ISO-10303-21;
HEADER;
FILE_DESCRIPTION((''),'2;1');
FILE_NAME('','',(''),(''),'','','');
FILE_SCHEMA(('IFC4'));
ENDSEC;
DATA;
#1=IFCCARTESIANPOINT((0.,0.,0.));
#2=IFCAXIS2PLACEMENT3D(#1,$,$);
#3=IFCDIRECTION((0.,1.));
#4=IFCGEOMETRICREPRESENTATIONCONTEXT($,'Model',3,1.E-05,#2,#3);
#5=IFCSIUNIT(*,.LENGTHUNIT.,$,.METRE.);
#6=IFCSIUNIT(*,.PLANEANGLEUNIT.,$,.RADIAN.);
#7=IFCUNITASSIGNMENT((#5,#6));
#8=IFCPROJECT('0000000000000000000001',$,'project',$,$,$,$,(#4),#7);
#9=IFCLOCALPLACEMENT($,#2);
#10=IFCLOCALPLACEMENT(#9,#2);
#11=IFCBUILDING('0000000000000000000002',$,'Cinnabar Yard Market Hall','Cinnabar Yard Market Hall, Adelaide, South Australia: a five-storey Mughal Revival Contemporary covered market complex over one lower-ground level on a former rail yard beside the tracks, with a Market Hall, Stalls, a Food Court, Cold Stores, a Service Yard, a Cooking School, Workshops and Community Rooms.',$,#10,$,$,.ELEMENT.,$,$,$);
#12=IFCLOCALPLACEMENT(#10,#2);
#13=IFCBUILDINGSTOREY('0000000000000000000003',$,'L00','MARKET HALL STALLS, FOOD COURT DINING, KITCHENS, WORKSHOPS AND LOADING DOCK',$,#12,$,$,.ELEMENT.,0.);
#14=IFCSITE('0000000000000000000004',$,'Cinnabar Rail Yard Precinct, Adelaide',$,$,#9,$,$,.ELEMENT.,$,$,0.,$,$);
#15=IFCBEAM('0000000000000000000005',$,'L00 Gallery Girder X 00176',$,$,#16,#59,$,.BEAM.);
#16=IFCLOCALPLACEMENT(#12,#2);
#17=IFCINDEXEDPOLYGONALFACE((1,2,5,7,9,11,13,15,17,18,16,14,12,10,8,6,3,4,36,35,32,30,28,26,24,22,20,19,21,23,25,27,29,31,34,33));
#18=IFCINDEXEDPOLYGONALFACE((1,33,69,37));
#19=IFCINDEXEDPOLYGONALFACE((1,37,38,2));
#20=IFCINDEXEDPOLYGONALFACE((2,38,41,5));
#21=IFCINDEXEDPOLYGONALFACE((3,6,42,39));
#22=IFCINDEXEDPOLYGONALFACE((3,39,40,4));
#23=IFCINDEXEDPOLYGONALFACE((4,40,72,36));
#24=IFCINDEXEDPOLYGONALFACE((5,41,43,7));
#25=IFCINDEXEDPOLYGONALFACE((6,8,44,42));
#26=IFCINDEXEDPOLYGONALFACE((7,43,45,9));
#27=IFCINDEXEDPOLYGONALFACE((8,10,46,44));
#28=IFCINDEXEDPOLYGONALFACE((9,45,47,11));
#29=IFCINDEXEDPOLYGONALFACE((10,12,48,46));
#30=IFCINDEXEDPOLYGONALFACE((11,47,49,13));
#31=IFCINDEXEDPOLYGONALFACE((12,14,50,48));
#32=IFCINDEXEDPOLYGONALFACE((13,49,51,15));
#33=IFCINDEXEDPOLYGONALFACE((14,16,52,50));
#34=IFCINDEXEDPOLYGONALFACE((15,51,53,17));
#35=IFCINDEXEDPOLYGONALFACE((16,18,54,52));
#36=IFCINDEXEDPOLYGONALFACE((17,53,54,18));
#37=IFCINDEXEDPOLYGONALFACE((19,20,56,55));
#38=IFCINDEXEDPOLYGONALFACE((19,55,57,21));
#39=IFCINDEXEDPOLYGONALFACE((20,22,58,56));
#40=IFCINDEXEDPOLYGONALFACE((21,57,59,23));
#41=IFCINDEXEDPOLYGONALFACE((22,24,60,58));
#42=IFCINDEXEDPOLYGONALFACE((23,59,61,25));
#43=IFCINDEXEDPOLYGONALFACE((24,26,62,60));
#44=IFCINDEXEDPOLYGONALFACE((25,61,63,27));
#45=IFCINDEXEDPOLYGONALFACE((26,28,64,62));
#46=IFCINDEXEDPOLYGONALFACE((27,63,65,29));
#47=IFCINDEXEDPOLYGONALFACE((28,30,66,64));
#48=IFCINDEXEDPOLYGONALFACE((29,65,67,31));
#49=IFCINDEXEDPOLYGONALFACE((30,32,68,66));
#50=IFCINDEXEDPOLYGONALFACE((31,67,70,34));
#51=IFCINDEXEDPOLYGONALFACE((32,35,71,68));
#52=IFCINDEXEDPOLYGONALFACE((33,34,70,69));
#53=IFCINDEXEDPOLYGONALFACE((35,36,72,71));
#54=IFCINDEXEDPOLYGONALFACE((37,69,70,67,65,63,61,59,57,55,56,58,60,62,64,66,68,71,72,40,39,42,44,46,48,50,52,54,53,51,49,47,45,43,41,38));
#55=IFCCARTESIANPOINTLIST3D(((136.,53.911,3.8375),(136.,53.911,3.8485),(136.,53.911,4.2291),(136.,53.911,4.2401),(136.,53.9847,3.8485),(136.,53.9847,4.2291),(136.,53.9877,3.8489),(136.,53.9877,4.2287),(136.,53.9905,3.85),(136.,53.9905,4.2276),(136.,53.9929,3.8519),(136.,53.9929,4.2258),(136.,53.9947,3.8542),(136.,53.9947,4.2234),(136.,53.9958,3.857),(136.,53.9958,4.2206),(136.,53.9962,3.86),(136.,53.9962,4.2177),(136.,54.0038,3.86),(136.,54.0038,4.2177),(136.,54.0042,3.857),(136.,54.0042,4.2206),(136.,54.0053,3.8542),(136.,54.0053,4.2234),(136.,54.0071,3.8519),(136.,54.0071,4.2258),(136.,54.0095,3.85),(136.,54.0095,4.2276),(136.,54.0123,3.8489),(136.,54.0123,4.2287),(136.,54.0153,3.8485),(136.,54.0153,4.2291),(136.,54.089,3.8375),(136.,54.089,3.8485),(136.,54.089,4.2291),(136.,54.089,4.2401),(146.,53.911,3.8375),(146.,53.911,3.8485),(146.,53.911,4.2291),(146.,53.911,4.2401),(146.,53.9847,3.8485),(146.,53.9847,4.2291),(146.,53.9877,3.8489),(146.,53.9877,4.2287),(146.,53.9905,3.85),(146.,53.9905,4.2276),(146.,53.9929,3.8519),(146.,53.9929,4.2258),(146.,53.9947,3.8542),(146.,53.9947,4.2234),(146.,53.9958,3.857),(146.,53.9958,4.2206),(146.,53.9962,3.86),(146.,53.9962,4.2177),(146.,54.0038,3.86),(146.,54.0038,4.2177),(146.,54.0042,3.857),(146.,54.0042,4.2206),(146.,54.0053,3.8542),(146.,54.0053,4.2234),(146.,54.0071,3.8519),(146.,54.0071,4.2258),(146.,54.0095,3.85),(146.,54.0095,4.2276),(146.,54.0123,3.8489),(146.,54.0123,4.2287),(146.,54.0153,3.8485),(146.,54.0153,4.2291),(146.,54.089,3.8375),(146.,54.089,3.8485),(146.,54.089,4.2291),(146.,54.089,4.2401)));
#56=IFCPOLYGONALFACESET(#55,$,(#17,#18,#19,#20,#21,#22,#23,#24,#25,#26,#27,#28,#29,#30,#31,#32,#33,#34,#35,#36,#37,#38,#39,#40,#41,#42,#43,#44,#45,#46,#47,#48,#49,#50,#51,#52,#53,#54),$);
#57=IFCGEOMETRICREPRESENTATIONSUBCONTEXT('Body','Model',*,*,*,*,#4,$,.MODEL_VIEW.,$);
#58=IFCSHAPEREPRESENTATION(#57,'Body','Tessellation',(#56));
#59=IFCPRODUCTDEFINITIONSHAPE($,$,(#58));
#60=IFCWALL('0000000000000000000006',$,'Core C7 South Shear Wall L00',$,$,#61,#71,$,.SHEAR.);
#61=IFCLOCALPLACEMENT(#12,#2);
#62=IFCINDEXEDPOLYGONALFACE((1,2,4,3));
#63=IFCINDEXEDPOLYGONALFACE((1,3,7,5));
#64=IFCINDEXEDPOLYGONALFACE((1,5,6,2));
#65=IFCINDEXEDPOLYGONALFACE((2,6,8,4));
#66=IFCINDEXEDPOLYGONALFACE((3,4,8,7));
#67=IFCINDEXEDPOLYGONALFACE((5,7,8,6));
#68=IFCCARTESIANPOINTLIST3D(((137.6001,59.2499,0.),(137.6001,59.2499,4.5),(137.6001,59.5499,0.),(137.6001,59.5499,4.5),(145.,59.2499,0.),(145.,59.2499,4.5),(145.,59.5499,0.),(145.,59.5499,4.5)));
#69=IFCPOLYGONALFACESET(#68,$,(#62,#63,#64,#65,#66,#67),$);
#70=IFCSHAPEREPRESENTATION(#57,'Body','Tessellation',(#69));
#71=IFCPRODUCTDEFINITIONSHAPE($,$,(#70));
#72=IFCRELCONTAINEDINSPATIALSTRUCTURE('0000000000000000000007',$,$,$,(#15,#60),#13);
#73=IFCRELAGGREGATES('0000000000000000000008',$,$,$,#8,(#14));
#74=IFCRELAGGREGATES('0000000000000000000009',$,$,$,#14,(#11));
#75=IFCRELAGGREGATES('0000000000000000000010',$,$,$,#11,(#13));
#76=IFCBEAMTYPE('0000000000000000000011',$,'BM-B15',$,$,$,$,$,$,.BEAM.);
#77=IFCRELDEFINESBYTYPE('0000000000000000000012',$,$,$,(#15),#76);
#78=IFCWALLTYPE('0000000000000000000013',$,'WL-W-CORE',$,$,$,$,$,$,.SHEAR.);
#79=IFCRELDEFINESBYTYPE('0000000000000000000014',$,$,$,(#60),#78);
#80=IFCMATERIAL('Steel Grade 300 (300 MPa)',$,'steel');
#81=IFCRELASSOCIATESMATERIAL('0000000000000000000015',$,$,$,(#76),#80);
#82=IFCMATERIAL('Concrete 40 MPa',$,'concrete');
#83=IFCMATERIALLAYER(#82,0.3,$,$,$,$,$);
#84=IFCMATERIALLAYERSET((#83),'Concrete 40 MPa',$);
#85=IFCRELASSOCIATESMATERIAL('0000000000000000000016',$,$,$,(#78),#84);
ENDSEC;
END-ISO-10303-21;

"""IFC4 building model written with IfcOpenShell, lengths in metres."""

from ifc_helpers import new_model, si_unit, direction, frame, frame_2d, origin, origin_2d_with_axis, place, context, subcontext, project, spatial, rectangle, i_section, extrude, material, layer, layer_set, material_profile, profile_set, type_object, element, save


model = new_model("IFC4")

# Units and contexts
model_context = context("Model", 3, precision=1e-05, world=origin(), true_north=direction((0.0, 1.0)))
body_context = subcontext(model_context, "Body", "Model", "MODEL_VIEW")
ifc_project = project(units=[si_unit("LENGTHUNIT", "METRE"), si_unit("PLANEANGLEUNIT", "RADIAN")], contexts=[model_context])

# Site, building, storey
site_placement = place(None, origin())
site = spatial("IfcSite", under=ifc_project, at=site_placement, Name="Cinnabar Rail Yard Precinct, Adelaide", CompositionType="ELEMENT", RefElevation=0.0)
building_placement = place(site_placement, origin())
building = spatial("IfcBuilding", under=site, at=building_placement, Name="Cinnabar Yard Market Hall", Description="Cinnabar Yard Market Hall, Adelaide, South Australia: a five-storey Mughal Revival Contemporary covered market complex over one lower-ground level on a former rail yard beside the tracks, with a Market Hall, Stalls, a Food Court, Cold Stores, a Service Yard, a Cooking School, Workshops and Community Rooms.", CompositionType="ELEMENT")
storey_placement = place(building_placement, origin())
storey = spatial("IfcBuildingStorey", under=building, at=storey_placement, Name="L00", Description="MARKET HALL STALLS, FOOD COURT DINING, KITCHENS, WORKSHOPS AND LOADING DOCK", CompositionType="ELEMENT", Elevation=0.0)

# Beam
ifc_material_1 = material(Name="Steel Grade 300 (300 MPa)", Category="steel")
ifc_material_profile_1 = material_profile(ifc_material_1, i_section(OverallWidth=0.178, OverallDepth=0.4026, WebThickness=0.0076, FlangeThickness=0.011, FilletRadius=0.0115, at=origin_2d_with_axis()), Name="410UB53.7")
ifc_profile_set_1 = profile_set([ifc_material_profile_1], Name="Steel Grade 300 (300 MPa)")
beam_type_1 = type_object("IfcBeamType", Name="BM-B15", PredefinedType="BEAM", material=ifc_profile_set_1)
beam_1_placement = place(storey_placement, frame((136.0, 54.0, 4.0388), z_axis=(1.0, 0.0, 0.0), x_axis=(0.0, 1.0, 0.0)))
element("IfcBeam", 1, at=beam_1_placement, inside=storey, type_object=beam_type_1, Name="L00 Gallery Girder X 00176", PredefinedType="BEAM", context=body_context, shape_type="SweptSolid", body=[
    extrude(i_section(OverallWidth=0.178, OverallDepth=0.4026, WebThickness=0.0076, FlangeThickness=0.011, FilletRadius=0.0115, at=origin_2d_with_axis()), origin(), (0.0, 0.0, 1.0), 10.0),
])

# Wall
ifc_material_2 = material(Name="Concrete 40 MPa", Category="concrete")
ifc_layer = layer(ifc_material_2, 0.3)
ifc_layer_set = layer_set([ifc_layer], Name="Concrete 40 MPa")
wall_type = type_object("IfcWallType", Name="WL-W-CORE", PredefinedType="SHEAR", material=ifc_layer_set)
wall_placement = place(storey_placement, frame((137.6001, 59.3999, 0.0), z_axis=(0.0, 0.0, 1.0), x_axis=(1.0, 0.0, 0.0)))
element("IfcWall", 2, at=wall_placement, inside=storey, type_object=wall_type, Name="Core C7 South Shear Wall L00", PredefinedType="SHEAR", context=body_context, shape_type="SweptSolid", body=[
    extrude(rectangle(XDim=7.3999, YDim=0.3, at=frame_2d((3.7, 0.0), x_axis=(1.0, 0.0))), origin(), (0.0, 0.0, 1.0), 4.5),
])

save(model, "model.ifc")
